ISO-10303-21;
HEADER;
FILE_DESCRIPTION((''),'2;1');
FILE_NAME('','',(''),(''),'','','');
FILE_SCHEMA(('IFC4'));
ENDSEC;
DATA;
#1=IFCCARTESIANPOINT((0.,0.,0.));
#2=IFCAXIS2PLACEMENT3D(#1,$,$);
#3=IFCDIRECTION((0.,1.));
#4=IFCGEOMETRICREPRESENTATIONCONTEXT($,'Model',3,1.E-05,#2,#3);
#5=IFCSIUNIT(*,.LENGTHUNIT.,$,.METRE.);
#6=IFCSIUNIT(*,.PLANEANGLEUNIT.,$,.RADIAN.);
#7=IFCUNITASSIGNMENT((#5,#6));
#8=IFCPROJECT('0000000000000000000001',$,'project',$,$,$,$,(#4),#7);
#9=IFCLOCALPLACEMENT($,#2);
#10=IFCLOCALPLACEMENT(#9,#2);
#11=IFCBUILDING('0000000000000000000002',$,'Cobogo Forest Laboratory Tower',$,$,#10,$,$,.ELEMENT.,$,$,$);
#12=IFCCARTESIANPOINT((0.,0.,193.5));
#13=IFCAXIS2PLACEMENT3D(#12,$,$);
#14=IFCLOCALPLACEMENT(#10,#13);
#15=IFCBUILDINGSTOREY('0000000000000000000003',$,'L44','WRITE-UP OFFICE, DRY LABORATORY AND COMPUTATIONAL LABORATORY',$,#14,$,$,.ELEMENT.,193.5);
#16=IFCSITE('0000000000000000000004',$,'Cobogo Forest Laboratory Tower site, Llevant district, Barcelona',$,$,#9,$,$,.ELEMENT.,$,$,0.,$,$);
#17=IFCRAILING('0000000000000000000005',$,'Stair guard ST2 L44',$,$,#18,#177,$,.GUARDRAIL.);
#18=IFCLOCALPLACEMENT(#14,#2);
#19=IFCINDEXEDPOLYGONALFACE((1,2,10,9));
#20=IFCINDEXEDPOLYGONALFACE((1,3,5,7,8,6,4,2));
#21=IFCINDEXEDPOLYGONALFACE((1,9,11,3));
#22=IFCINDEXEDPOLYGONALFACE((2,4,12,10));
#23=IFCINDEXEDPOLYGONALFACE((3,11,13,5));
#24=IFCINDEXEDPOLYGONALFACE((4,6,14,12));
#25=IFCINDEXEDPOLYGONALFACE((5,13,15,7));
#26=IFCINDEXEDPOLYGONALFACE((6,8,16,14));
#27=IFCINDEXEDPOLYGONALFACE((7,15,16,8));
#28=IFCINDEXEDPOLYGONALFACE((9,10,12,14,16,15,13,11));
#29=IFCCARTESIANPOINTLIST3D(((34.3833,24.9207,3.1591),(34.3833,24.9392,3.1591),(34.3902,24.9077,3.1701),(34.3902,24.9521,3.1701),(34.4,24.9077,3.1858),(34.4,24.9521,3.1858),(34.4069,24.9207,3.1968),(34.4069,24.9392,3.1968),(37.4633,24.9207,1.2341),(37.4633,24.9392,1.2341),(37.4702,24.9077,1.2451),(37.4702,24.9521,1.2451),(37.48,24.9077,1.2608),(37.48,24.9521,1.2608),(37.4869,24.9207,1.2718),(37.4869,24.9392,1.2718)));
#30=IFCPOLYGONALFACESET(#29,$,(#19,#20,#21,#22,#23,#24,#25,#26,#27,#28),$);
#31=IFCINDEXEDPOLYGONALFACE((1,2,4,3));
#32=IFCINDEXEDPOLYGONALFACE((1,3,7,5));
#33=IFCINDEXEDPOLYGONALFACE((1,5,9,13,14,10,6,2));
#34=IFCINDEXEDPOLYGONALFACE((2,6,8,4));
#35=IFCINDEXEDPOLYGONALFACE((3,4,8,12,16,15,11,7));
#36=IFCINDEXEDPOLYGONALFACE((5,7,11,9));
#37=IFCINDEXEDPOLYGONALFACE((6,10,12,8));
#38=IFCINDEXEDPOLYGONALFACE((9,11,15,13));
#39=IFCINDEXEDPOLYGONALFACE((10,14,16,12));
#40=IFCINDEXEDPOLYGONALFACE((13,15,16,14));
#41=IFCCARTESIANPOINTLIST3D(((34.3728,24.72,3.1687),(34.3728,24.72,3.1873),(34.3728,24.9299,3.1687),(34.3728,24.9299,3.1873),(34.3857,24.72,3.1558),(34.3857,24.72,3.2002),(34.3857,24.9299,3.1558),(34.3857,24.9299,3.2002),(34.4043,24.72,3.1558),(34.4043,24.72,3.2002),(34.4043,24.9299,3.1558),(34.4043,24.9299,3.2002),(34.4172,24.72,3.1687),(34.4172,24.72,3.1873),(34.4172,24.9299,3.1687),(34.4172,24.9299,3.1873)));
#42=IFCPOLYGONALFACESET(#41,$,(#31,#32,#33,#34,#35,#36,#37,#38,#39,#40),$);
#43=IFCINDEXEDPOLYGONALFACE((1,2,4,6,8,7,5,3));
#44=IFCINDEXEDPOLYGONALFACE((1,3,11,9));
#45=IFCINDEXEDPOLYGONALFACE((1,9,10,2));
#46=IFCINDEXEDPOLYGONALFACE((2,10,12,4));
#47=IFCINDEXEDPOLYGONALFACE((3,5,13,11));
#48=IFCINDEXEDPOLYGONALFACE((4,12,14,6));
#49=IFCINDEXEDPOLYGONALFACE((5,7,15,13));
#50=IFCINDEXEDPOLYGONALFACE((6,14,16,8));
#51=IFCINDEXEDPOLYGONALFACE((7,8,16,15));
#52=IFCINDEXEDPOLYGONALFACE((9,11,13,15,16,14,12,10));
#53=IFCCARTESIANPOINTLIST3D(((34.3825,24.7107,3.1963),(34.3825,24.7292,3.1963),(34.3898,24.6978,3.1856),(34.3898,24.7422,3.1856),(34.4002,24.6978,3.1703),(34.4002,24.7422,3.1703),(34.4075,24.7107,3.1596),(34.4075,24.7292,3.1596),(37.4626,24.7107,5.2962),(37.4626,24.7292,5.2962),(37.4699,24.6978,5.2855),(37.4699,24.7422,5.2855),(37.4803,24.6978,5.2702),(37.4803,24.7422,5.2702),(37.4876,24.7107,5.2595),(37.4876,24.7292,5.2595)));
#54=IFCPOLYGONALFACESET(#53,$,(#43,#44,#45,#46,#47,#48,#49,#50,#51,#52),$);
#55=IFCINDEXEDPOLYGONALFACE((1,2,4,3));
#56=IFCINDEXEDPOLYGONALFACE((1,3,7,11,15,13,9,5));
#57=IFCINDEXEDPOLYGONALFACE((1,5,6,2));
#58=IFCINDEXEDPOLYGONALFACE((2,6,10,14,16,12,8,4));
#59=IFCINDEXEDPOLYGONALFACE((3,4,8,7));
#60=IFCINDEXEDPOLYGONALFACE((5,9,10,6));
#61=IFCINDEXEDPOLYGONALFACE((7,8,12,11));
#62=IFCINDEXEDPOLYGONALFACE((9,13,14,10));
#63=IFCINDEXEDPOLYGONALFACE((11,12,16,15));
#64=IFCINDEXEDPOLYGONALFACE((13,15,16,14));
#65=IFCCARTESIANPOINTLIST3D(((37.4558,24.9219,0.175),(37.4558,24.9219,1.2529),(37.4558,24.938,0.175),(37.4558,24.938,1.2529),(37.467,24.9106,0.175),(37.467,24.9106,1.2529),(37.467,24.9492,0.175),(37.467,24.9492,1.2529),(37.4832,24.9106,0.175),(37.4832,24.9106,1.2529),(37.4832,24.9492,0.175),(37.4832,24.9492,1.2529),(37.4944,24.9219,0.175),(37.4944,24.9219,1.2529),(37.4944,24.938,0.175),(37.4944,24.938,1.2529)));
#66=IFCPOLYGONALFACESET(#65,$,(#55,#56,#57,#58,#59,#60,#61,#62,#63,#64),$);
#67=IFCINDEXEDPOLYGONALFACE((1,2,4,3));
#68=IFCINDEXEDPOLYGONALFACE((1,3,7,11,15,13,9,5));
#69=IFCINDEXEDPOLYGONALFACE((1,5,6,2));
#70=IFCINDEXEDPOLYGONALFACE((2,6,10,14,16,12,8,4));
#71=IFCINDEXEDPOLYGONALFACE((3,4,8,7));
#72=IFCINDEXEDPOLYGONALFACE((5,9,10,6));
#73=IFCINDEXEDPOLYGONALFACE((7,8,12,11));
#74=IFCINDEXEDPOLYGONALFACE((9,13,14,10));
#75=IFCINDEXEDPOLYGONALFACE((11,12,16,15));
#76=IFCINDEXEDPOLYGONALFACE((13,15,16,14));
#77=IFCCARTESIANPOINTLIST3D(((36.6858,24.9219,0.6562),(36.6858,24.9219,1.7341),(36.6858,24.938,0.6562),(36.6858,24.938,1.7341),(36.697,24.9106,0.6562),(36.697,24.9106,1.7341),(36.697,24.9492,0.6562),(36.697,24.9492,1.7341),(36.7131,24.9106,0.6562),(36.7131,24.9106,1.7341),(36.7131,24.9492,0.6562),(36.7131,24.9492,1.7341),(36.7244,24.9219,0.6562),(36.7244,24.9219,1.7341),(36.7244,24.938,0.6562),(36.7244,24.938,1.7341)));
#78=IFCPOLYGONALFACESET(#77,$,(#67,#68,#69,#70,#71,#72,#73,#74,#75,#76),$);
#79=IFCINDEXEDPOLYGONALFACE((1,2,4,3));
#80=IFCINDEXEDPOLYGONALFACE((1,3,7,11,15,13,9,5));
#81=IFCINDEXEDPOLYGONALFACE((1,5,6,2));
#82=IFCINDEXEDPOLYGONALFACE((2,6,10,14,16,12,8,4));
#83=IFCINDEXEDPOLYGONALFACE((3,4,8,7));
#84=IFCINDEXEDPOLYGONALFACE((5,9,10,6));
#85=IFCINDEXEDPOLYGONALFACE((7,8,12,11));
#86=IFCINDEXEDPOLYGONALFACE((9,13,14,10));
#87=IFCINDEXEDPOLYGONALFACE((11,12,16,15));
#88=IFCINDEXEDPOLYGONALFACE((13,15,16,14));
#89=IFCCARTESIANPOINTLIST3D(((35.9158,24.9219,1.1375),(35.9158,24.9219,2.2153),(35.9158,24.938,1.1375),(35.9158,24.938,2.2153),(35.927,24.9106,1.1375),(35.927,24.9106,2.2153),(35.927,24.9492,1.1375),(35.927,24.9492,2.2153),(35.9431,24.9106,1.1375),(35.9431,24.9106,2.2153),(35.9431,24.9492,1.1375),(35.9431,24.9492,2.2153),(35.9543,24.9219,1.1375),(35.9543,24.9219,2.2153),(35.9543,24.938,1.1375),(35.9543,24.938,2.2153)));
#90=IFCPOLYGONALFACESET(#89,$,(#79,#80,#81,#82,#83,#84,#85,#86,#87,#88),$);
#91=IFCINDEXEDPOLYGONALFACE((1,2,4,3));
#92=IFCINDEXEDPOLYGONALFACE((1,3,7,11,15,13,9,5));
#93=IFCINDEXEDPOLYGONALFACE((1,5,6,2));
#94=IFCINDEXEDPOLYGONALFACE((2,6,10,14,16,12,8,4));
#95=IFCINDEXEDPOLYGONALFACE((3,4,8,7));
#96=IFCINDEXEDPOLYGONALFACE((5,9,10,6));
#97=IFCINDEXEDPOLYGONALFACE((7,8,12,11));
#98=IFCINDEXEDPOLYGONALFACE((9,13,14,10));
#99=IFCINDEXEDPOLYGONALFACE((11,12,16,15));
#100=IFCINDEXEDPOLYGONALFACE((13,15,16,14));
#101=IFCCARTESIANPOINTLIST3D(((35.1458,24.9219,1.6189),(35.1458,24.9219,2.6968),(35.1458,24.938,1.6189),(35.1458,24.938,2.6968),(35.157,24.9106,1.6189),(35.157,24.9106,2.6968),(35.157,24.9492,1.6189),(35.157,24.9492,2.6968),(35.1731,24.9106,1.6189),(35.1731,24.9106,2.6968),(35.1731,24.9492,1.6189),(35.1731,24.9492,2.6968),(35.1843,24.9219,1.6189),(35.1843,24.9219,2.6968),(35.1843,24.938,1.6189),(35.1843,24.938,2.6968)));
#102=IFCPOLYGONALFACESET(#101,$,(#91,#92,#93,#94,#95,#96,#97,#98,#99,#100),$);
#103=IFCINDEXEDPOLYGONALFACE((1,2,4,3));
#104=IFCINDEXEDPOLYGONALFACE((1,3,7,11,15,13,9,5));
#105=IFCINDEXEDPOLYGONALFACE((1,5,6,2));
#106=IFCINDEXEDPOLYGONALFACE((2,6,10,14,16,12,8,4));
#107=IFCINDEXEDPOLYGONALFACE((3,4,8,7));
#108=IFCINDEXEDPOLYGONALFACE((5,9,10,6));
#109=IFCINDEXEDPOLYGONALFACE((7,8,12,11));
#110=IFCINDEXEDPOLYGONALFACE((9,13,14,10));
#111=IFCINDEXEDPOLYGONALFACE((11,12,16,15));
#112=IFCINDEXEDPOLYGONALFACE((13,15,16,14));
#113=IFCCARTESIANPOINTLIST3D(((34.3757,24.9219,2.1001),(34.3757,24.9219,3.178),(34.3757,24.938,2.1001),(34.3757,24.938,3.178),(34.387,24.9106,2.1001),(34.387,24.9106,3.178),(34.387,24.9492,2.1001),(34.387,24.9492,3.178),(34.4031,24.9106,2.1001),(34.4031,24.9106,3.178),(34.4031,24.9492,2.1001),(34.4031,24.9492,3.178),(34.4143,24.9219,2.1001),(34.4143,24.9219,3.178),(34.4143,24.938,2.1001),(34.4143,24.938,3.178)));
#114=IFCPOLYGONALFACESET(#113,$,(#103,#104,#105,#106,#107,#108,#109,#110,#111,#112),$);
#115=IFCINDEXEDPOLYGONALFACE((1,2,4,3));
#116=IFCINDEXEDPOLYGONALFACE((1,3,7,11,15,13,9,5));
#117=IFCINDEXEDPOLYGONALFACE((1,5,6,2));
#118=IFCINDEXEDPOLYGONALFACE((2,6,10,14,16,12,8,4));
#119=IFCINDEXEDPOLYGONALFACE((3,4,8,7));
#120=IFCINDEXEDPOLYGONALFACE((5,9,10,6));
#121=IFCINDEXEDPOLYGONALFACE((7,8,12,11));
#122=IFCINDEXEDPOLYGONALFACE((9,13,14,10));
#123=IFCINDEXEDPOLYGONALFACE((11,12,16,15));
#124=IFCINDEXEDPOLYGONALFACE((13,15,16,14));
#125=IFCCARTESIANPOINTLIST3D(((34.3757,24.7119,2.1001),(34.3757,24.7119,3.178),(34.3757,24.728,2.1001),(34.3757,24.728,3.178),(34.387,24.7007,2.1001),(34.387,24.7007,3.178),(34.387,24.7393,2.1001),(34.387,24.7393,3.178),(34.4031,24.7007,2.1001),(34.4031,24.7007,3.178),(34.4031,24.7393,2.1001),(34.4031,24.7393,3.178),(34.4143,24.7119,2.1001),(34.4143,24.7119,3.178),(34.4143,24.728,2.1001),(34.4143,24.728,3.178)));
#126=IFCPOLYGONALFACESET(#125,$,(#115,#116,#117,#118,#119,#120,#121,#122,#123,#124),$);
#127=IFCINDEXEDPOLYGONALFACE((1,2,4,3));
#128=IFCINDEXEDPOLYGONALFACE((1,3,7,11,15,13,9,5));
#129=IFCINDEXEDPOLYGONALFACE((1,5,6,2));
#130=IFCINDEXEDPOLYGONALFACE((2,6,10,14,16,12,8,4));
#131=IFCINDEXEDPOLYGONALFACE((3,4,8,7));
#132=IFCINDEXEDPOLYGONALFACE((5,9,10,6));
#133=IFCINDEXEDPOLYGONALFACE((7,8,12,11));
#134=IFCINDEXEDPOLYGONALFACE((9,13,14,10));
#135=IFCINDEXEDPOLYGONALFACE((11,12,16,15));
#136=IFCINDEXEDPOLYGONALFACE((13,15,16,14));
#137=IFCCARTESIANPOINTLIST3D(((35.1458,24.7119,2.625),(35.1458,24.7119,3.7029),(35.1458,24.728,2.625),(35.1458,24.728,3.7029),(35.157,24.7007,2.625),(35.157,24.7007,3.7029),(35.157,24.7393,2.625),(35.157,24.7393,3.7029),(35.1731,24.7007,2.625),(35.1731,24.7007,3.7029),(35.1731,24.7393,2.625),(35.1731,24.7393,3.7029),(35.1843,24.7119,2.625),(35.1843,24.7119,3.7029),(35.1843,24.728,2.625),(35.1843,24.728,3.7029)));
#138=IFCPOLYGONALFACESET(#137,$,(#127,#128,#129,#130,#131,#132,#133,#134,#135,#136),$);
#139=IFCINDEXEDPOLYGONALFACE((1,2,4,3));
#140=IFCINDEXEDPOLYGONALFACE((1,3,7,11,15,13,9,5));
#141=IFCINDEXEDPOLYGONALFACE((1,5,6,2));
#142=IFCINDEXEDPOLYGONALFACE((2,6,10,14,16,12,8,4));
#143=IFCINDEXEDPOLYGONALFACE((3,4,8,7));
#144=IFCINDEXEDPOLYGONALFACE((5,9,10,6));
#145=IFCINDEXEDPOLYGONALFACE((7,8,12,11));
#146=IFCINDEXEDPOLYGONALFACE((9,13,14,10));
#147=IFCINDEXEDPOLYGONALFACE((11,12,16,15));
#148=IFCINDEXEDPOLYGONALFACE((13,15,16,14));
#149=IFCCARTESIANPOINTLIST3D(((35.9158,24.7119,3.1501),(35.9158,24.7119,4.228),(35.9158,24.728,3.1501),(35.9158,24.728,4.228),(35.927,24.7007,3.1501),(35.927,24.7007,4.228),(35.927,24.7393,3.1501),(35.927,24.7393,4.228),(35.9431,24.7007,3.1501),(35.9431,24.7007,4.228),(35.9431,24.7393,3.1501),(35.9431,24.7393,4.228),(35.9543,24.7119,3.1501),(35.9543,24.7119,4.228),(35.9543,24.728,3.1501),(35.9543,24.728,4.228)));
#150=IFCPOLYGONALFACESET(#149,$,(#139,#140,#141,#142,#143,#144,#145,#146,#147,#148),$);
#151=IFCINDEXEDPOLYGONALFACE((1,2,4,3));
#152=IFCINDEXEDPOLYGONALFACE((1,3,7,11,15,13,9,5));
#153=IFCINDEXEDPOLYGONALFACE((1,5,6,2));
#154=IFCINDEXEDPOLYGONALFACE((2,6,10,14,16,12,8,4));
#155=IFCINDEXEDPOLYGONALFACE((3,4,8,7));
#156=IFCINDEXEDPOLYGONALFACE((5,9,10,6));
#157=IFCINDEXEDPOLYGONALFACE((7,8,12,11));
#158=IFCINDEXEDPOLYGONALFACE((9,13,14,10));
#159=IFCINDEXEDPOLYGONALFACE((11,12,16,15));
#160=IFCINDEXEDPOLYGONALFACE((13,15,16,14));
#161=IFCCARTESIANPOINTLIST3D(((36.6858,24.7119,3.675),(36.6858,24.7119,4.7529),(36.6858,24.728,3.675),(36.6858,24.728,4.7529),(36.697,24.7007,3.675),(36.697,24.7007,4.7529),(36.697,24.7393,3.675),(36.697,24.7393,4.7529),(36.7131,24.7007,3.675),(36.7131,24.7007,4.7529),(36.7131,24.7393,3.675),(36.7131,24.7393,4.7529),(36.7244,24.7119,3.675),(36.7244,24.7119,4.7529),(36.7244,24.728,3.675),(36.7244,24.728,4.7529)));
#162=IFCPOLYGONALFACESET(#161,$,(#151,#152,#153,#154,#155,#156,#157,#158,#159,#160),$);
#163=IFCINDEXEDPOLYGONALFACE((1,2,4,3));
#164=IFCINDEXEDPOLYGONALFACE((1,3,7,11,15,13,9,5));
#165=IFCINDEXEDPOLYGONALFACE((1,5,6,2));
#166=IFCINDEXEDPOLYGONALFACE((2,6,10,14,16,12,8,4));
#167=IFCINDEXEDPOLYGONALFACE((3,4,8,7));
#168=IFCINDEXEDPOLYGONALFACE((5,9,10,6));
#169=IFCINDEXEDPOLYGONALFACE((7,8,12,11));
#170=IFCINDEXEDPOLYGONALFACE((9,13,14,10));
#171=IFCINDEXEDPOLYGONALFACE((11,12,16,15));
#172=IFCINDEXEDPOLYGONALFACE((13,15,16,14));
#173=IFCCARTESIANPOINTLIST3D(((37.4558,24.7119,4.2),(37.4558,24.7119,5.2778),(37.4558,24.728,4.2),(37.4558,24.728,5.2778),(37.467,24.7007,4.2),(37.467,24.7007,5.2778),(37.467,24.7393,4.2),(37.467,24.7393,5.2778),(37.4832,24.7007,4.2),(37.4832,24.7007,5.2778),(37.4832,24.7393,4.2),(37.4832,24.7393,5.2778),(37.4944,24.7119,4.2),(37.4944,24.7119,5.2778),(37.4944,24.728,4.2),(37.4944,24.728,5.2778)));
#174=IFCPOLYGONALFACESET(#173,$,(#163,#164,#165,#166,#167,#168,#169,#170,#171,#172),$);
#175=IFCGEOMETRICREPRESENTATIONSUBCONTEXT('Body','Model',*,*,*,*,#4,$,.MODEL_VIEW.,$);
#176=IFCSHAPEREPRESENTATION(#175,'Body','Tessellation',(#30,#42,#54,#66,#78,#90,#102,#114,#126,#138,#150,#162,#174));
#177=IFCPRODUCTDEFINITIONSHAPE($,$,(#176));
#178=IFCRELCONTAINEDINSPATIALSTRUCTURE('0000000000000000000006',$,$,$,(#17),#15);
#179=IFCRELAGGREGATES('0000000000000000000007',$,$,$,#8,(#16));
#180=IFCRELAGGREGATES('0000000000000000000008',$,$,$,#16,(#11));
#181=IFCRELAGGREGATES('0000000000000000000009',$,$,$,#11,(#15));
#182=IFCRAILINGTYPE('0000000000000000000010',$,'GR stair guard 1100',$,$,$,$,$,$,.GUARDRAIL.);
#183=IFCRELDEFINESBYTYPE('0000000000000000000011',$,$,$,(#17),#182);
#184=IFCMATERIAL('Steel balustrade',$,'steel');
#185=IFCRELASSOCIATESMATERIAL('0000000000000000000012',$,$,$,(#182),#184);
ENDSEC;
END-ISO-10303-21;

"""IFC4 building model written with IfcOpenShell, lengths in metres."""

from ifc_helpers import new_model, si_unit, direction, frame, origin, place, context, subcontext, project, spatial, polyline, outline, extrude, material, type_object, element, save


model = new_model("IFC4")

# Units and contexts
model_context = context("Model", 3, precision=1e-05, world=origin(), true_north=direction((0.0, 1.0)))
body_context = subcontext(model_context, "Body", "Model", "MODEL_VIEW")
ifc_project = project(units=[si_unit("LENGTHUNIT", "METRE"), si_unit("PLANEANGLEUNIT", "RADIAN")], contexts=[model_context])

# Site, building, storey
site_placement = place(None, origin())
site = spatial("IfcSite", under=ifc_project, at=site_placement, Name="Cobogo Forest Laboratory Tower site, Llevant district, Barcelona", CompositionType="ELEMENT", RefElevation=0.0)
building_placement = place(site_placement, origin())
building = spatial("IfcBuilding", under=site, at=building_placement, Name="Cobogo Forest Laboratory Tower", CompositionType="ELEMENT")
storey_placement = place(building_placement, frame((0.0, 0.0, 193.5)))
storey = spatial("IfcBuildingStorey", under=building, at=storey_placement, Name="L44", Description="WRITE-UP OFFICE, DRY LABORATORY AND COMPUTATIONAL LABORATORY", CompositionType="ELEMENT", Elevation=193.5)

# Railing
ifc_material_1 = material(Name="Steel balustrade", Category="steel")
railing_type_1 = type_object("IfcRailingType", Name="GR stair guard 1100", PredefinedType="GUARDRAIL", material=ifc_material_1)
railing_1_placement = place(storey_placement, frame((37.4751, 24.9299, 0.175)))
element("IfcRailing", 1, at=railing_1_placement, inside=storey, type_object=railing_type_1, Name="Stair guard ST2 L44", PredefinedType="GUARDRAIL", context=body_context, shape_type="SweptSolid", body=[
    extrude(outline(polyline([(0.0222, 0.0093), (0.0093, 0.0222), (-0.0093, 0.0222), (-0.0222, 0.0093), (-0.0222, -0.0093), (-0.0093, -0.0222), (0.0093, -0.0222), (0.0222, -0.0093), (0.0222, 0.0093)])), frame((0.0, 0.0, 1.0779), z_axis=(-0.847998, 0.0, 0.529999), x_axis=(0.0, -1.0, 0.0)), (0.0, 0.0, 1.0), 3.6321),
    extrude(outline(polyline([(0.0222, 0.0093), (0.0093, 0.0222), (-0.0093, 0.0222), (-0.0222, 0.0093), (-0.0222, -0.0093), (-0.0093, -0.0222), (0.0093, -0.0222), (0.0222, -0.0093), (0.0222, 0.0093)])), frame((-3.0801, 0.0, 3.0029), z_axis=(0.0, -1.0, 0.0), x_axis=(1.0, 0.0, 0.0)), (0.0, 0.0, 1.0), 0.21),
    extrude(outline(polyline([(0.0222, 0.0093), (0.0093, 0.0222), (-0.0093, 0.0222), (-0.0222, 0.0093), (-0.0222, -0.0093), (-0.0093, -0.0222), (0.0093, -0.0222), (0.0222, -0.0093), (0.0222, 0.0093)])), frame((-3.0801, -0.21, 3.0029), z_axis=(0.826252, 0.0, 0.5633), x_axis=(0.0, 1.0, 0.0)), (0.0, 0.0, 1.0), 3.7278),
    extrude(outline(polyline([(0.0193, 0.0081), (0.0081, 0.0193), (-0.0081, 0.0193), (-0.0193, 0.0081), (-0.0193, -0.0081), (-0.0081, -0.0193), (0.0081, -0.0193), (0.0193, -0.0081), (0.0193, 0.0081)])), origin(), (0.0, 0.0, 1.0), 1.0779),
    extrude(outline(polyline([(0.0193, 0.0081), (0.0081, 0.0193), (-0.0081, 0.0193), (-0.0193, 0.0081), (-0.0193, -0.0081), (-0.0081, -0.0193), (0.0081, -0.0193), (0.0193, -0.0081), (0.0193, 0.0081)])), frame((-0.77, 0.0, 0.4812)), (0.0, 0.0, 1.0), 1.0779),
    extrude(outline(polyline([(0.0193, 0.0081), (0.0081, 0.0193), (-0.0081, 0.0193), (-0.0193, 0.0081), (-0.0193, -0.0081), (-0.0081, -0.0193), (0.0081, -0.0193), (0.0193, -0.0081), (0.0193, 0.0081)])), frame((-1.54, 0.0, 0.9624)), (0.0, 0.0, 1.0), 1.0779),
    extrude(outline(polyline([(0.0193, 0.0081), (0.0081, 0.0193), (-0.0081, 0.0193), (-0.0193, 0.0081), (-0.0193, -0.0081), (-0.0081, -0.0193), (0.0081, -0.0193), (0.0193, -0.0081), (0.0193, 0.0081)])), frame((-2.3101, 0.0, 1.4438)), (0.0, 0.0, 1.0), 1.0779),
    extrude(outline(polyline([(0.0193, 0.0081), (0.0081, 0.0193), (-0.0081, 0.0193), (-0.0193, 0.0081), (-0.0193, -0.0081), (-0.0081, -0.0193), (0.0081, -0.0193), (0.0193, -0.0081), (0.0193, 0.0081)])), frame((-3.0801, 0.0, 1.925)), (0.0, 0.0, 1.0), 1.0779),
    extrude(outline(polyline([(0.0193, 0.0081), (0.0081, 0.0193), (-0.0081, 0.0193), (-0.0193, 0.0081), (-0.0193, -0.0081), (-0.0081, -0.0193), (0.0081, -0.0193), (0.0193, -0.0081), (0.0193, 0.0081)])), frame((-3.0801, -0.21, 1.925)), (0.0, 0.0, 1.0), 1.0779),
    extrude(outline(polyline([(0.0193, 0.0081), (0.0081, 0.0193), (-0.0081, 0.0193), (-0.0193, 0.0081), (-0.0193, -0.0081), (-0.0081, -0.0193), (0.0081, -0.0193), (0.0193, -0.0081), (0.0193, 0.0081)])), frame((-2.3101, -0.21, 2.45)), (0.0, 0.0, 1.0), 1.0779),
    extrude(outline(polyline([(0.0193, 0.0081), (0.0081, 0.0193), (-0.0081, 0.0193), (-0.0193, 0.0081), (-0.0193, -0.0081), (-0.0081, -0.0193), (0.0081, -0.0193), (0.0193, -0.0081), (0.0193, 0.0081)])), frame((-1.54, -0.21, 2.9751)), (0.0, 0.0, 1.0), 1.0779),
    extrude(outline(polyline([(0.0193, 0.0081), (0.0081, 0.0193), (-0.0081, 0.0193), (-0.0193, 0.0081), (-0.0193, -0.0081), (-0.0081, -0.0193), (0.0081, -0.0193), (0.0193, -0.0081), (0.0193, 0.0081)])), frame((-0.77, -0.21, 3.5)), (0.0, 0.0, 1.0), 1.0779),
    extrude(outline(polyline([(0.0193, 0.0081), (0.0081, 0.0193), (-0.0081, 0.0193), (-0.0193, 0.0081), (-0.0193, -0.0081), (-0.0081, -0.0193), (0.0081, -0.0193), (0.0193, -0.0081), (0.0193, 0.0081)])), frame((0.0, -0.21, 4.0249)), (0.0, 0.0, 1.0), 1.0779),
])

save(model, "model.ifc")
